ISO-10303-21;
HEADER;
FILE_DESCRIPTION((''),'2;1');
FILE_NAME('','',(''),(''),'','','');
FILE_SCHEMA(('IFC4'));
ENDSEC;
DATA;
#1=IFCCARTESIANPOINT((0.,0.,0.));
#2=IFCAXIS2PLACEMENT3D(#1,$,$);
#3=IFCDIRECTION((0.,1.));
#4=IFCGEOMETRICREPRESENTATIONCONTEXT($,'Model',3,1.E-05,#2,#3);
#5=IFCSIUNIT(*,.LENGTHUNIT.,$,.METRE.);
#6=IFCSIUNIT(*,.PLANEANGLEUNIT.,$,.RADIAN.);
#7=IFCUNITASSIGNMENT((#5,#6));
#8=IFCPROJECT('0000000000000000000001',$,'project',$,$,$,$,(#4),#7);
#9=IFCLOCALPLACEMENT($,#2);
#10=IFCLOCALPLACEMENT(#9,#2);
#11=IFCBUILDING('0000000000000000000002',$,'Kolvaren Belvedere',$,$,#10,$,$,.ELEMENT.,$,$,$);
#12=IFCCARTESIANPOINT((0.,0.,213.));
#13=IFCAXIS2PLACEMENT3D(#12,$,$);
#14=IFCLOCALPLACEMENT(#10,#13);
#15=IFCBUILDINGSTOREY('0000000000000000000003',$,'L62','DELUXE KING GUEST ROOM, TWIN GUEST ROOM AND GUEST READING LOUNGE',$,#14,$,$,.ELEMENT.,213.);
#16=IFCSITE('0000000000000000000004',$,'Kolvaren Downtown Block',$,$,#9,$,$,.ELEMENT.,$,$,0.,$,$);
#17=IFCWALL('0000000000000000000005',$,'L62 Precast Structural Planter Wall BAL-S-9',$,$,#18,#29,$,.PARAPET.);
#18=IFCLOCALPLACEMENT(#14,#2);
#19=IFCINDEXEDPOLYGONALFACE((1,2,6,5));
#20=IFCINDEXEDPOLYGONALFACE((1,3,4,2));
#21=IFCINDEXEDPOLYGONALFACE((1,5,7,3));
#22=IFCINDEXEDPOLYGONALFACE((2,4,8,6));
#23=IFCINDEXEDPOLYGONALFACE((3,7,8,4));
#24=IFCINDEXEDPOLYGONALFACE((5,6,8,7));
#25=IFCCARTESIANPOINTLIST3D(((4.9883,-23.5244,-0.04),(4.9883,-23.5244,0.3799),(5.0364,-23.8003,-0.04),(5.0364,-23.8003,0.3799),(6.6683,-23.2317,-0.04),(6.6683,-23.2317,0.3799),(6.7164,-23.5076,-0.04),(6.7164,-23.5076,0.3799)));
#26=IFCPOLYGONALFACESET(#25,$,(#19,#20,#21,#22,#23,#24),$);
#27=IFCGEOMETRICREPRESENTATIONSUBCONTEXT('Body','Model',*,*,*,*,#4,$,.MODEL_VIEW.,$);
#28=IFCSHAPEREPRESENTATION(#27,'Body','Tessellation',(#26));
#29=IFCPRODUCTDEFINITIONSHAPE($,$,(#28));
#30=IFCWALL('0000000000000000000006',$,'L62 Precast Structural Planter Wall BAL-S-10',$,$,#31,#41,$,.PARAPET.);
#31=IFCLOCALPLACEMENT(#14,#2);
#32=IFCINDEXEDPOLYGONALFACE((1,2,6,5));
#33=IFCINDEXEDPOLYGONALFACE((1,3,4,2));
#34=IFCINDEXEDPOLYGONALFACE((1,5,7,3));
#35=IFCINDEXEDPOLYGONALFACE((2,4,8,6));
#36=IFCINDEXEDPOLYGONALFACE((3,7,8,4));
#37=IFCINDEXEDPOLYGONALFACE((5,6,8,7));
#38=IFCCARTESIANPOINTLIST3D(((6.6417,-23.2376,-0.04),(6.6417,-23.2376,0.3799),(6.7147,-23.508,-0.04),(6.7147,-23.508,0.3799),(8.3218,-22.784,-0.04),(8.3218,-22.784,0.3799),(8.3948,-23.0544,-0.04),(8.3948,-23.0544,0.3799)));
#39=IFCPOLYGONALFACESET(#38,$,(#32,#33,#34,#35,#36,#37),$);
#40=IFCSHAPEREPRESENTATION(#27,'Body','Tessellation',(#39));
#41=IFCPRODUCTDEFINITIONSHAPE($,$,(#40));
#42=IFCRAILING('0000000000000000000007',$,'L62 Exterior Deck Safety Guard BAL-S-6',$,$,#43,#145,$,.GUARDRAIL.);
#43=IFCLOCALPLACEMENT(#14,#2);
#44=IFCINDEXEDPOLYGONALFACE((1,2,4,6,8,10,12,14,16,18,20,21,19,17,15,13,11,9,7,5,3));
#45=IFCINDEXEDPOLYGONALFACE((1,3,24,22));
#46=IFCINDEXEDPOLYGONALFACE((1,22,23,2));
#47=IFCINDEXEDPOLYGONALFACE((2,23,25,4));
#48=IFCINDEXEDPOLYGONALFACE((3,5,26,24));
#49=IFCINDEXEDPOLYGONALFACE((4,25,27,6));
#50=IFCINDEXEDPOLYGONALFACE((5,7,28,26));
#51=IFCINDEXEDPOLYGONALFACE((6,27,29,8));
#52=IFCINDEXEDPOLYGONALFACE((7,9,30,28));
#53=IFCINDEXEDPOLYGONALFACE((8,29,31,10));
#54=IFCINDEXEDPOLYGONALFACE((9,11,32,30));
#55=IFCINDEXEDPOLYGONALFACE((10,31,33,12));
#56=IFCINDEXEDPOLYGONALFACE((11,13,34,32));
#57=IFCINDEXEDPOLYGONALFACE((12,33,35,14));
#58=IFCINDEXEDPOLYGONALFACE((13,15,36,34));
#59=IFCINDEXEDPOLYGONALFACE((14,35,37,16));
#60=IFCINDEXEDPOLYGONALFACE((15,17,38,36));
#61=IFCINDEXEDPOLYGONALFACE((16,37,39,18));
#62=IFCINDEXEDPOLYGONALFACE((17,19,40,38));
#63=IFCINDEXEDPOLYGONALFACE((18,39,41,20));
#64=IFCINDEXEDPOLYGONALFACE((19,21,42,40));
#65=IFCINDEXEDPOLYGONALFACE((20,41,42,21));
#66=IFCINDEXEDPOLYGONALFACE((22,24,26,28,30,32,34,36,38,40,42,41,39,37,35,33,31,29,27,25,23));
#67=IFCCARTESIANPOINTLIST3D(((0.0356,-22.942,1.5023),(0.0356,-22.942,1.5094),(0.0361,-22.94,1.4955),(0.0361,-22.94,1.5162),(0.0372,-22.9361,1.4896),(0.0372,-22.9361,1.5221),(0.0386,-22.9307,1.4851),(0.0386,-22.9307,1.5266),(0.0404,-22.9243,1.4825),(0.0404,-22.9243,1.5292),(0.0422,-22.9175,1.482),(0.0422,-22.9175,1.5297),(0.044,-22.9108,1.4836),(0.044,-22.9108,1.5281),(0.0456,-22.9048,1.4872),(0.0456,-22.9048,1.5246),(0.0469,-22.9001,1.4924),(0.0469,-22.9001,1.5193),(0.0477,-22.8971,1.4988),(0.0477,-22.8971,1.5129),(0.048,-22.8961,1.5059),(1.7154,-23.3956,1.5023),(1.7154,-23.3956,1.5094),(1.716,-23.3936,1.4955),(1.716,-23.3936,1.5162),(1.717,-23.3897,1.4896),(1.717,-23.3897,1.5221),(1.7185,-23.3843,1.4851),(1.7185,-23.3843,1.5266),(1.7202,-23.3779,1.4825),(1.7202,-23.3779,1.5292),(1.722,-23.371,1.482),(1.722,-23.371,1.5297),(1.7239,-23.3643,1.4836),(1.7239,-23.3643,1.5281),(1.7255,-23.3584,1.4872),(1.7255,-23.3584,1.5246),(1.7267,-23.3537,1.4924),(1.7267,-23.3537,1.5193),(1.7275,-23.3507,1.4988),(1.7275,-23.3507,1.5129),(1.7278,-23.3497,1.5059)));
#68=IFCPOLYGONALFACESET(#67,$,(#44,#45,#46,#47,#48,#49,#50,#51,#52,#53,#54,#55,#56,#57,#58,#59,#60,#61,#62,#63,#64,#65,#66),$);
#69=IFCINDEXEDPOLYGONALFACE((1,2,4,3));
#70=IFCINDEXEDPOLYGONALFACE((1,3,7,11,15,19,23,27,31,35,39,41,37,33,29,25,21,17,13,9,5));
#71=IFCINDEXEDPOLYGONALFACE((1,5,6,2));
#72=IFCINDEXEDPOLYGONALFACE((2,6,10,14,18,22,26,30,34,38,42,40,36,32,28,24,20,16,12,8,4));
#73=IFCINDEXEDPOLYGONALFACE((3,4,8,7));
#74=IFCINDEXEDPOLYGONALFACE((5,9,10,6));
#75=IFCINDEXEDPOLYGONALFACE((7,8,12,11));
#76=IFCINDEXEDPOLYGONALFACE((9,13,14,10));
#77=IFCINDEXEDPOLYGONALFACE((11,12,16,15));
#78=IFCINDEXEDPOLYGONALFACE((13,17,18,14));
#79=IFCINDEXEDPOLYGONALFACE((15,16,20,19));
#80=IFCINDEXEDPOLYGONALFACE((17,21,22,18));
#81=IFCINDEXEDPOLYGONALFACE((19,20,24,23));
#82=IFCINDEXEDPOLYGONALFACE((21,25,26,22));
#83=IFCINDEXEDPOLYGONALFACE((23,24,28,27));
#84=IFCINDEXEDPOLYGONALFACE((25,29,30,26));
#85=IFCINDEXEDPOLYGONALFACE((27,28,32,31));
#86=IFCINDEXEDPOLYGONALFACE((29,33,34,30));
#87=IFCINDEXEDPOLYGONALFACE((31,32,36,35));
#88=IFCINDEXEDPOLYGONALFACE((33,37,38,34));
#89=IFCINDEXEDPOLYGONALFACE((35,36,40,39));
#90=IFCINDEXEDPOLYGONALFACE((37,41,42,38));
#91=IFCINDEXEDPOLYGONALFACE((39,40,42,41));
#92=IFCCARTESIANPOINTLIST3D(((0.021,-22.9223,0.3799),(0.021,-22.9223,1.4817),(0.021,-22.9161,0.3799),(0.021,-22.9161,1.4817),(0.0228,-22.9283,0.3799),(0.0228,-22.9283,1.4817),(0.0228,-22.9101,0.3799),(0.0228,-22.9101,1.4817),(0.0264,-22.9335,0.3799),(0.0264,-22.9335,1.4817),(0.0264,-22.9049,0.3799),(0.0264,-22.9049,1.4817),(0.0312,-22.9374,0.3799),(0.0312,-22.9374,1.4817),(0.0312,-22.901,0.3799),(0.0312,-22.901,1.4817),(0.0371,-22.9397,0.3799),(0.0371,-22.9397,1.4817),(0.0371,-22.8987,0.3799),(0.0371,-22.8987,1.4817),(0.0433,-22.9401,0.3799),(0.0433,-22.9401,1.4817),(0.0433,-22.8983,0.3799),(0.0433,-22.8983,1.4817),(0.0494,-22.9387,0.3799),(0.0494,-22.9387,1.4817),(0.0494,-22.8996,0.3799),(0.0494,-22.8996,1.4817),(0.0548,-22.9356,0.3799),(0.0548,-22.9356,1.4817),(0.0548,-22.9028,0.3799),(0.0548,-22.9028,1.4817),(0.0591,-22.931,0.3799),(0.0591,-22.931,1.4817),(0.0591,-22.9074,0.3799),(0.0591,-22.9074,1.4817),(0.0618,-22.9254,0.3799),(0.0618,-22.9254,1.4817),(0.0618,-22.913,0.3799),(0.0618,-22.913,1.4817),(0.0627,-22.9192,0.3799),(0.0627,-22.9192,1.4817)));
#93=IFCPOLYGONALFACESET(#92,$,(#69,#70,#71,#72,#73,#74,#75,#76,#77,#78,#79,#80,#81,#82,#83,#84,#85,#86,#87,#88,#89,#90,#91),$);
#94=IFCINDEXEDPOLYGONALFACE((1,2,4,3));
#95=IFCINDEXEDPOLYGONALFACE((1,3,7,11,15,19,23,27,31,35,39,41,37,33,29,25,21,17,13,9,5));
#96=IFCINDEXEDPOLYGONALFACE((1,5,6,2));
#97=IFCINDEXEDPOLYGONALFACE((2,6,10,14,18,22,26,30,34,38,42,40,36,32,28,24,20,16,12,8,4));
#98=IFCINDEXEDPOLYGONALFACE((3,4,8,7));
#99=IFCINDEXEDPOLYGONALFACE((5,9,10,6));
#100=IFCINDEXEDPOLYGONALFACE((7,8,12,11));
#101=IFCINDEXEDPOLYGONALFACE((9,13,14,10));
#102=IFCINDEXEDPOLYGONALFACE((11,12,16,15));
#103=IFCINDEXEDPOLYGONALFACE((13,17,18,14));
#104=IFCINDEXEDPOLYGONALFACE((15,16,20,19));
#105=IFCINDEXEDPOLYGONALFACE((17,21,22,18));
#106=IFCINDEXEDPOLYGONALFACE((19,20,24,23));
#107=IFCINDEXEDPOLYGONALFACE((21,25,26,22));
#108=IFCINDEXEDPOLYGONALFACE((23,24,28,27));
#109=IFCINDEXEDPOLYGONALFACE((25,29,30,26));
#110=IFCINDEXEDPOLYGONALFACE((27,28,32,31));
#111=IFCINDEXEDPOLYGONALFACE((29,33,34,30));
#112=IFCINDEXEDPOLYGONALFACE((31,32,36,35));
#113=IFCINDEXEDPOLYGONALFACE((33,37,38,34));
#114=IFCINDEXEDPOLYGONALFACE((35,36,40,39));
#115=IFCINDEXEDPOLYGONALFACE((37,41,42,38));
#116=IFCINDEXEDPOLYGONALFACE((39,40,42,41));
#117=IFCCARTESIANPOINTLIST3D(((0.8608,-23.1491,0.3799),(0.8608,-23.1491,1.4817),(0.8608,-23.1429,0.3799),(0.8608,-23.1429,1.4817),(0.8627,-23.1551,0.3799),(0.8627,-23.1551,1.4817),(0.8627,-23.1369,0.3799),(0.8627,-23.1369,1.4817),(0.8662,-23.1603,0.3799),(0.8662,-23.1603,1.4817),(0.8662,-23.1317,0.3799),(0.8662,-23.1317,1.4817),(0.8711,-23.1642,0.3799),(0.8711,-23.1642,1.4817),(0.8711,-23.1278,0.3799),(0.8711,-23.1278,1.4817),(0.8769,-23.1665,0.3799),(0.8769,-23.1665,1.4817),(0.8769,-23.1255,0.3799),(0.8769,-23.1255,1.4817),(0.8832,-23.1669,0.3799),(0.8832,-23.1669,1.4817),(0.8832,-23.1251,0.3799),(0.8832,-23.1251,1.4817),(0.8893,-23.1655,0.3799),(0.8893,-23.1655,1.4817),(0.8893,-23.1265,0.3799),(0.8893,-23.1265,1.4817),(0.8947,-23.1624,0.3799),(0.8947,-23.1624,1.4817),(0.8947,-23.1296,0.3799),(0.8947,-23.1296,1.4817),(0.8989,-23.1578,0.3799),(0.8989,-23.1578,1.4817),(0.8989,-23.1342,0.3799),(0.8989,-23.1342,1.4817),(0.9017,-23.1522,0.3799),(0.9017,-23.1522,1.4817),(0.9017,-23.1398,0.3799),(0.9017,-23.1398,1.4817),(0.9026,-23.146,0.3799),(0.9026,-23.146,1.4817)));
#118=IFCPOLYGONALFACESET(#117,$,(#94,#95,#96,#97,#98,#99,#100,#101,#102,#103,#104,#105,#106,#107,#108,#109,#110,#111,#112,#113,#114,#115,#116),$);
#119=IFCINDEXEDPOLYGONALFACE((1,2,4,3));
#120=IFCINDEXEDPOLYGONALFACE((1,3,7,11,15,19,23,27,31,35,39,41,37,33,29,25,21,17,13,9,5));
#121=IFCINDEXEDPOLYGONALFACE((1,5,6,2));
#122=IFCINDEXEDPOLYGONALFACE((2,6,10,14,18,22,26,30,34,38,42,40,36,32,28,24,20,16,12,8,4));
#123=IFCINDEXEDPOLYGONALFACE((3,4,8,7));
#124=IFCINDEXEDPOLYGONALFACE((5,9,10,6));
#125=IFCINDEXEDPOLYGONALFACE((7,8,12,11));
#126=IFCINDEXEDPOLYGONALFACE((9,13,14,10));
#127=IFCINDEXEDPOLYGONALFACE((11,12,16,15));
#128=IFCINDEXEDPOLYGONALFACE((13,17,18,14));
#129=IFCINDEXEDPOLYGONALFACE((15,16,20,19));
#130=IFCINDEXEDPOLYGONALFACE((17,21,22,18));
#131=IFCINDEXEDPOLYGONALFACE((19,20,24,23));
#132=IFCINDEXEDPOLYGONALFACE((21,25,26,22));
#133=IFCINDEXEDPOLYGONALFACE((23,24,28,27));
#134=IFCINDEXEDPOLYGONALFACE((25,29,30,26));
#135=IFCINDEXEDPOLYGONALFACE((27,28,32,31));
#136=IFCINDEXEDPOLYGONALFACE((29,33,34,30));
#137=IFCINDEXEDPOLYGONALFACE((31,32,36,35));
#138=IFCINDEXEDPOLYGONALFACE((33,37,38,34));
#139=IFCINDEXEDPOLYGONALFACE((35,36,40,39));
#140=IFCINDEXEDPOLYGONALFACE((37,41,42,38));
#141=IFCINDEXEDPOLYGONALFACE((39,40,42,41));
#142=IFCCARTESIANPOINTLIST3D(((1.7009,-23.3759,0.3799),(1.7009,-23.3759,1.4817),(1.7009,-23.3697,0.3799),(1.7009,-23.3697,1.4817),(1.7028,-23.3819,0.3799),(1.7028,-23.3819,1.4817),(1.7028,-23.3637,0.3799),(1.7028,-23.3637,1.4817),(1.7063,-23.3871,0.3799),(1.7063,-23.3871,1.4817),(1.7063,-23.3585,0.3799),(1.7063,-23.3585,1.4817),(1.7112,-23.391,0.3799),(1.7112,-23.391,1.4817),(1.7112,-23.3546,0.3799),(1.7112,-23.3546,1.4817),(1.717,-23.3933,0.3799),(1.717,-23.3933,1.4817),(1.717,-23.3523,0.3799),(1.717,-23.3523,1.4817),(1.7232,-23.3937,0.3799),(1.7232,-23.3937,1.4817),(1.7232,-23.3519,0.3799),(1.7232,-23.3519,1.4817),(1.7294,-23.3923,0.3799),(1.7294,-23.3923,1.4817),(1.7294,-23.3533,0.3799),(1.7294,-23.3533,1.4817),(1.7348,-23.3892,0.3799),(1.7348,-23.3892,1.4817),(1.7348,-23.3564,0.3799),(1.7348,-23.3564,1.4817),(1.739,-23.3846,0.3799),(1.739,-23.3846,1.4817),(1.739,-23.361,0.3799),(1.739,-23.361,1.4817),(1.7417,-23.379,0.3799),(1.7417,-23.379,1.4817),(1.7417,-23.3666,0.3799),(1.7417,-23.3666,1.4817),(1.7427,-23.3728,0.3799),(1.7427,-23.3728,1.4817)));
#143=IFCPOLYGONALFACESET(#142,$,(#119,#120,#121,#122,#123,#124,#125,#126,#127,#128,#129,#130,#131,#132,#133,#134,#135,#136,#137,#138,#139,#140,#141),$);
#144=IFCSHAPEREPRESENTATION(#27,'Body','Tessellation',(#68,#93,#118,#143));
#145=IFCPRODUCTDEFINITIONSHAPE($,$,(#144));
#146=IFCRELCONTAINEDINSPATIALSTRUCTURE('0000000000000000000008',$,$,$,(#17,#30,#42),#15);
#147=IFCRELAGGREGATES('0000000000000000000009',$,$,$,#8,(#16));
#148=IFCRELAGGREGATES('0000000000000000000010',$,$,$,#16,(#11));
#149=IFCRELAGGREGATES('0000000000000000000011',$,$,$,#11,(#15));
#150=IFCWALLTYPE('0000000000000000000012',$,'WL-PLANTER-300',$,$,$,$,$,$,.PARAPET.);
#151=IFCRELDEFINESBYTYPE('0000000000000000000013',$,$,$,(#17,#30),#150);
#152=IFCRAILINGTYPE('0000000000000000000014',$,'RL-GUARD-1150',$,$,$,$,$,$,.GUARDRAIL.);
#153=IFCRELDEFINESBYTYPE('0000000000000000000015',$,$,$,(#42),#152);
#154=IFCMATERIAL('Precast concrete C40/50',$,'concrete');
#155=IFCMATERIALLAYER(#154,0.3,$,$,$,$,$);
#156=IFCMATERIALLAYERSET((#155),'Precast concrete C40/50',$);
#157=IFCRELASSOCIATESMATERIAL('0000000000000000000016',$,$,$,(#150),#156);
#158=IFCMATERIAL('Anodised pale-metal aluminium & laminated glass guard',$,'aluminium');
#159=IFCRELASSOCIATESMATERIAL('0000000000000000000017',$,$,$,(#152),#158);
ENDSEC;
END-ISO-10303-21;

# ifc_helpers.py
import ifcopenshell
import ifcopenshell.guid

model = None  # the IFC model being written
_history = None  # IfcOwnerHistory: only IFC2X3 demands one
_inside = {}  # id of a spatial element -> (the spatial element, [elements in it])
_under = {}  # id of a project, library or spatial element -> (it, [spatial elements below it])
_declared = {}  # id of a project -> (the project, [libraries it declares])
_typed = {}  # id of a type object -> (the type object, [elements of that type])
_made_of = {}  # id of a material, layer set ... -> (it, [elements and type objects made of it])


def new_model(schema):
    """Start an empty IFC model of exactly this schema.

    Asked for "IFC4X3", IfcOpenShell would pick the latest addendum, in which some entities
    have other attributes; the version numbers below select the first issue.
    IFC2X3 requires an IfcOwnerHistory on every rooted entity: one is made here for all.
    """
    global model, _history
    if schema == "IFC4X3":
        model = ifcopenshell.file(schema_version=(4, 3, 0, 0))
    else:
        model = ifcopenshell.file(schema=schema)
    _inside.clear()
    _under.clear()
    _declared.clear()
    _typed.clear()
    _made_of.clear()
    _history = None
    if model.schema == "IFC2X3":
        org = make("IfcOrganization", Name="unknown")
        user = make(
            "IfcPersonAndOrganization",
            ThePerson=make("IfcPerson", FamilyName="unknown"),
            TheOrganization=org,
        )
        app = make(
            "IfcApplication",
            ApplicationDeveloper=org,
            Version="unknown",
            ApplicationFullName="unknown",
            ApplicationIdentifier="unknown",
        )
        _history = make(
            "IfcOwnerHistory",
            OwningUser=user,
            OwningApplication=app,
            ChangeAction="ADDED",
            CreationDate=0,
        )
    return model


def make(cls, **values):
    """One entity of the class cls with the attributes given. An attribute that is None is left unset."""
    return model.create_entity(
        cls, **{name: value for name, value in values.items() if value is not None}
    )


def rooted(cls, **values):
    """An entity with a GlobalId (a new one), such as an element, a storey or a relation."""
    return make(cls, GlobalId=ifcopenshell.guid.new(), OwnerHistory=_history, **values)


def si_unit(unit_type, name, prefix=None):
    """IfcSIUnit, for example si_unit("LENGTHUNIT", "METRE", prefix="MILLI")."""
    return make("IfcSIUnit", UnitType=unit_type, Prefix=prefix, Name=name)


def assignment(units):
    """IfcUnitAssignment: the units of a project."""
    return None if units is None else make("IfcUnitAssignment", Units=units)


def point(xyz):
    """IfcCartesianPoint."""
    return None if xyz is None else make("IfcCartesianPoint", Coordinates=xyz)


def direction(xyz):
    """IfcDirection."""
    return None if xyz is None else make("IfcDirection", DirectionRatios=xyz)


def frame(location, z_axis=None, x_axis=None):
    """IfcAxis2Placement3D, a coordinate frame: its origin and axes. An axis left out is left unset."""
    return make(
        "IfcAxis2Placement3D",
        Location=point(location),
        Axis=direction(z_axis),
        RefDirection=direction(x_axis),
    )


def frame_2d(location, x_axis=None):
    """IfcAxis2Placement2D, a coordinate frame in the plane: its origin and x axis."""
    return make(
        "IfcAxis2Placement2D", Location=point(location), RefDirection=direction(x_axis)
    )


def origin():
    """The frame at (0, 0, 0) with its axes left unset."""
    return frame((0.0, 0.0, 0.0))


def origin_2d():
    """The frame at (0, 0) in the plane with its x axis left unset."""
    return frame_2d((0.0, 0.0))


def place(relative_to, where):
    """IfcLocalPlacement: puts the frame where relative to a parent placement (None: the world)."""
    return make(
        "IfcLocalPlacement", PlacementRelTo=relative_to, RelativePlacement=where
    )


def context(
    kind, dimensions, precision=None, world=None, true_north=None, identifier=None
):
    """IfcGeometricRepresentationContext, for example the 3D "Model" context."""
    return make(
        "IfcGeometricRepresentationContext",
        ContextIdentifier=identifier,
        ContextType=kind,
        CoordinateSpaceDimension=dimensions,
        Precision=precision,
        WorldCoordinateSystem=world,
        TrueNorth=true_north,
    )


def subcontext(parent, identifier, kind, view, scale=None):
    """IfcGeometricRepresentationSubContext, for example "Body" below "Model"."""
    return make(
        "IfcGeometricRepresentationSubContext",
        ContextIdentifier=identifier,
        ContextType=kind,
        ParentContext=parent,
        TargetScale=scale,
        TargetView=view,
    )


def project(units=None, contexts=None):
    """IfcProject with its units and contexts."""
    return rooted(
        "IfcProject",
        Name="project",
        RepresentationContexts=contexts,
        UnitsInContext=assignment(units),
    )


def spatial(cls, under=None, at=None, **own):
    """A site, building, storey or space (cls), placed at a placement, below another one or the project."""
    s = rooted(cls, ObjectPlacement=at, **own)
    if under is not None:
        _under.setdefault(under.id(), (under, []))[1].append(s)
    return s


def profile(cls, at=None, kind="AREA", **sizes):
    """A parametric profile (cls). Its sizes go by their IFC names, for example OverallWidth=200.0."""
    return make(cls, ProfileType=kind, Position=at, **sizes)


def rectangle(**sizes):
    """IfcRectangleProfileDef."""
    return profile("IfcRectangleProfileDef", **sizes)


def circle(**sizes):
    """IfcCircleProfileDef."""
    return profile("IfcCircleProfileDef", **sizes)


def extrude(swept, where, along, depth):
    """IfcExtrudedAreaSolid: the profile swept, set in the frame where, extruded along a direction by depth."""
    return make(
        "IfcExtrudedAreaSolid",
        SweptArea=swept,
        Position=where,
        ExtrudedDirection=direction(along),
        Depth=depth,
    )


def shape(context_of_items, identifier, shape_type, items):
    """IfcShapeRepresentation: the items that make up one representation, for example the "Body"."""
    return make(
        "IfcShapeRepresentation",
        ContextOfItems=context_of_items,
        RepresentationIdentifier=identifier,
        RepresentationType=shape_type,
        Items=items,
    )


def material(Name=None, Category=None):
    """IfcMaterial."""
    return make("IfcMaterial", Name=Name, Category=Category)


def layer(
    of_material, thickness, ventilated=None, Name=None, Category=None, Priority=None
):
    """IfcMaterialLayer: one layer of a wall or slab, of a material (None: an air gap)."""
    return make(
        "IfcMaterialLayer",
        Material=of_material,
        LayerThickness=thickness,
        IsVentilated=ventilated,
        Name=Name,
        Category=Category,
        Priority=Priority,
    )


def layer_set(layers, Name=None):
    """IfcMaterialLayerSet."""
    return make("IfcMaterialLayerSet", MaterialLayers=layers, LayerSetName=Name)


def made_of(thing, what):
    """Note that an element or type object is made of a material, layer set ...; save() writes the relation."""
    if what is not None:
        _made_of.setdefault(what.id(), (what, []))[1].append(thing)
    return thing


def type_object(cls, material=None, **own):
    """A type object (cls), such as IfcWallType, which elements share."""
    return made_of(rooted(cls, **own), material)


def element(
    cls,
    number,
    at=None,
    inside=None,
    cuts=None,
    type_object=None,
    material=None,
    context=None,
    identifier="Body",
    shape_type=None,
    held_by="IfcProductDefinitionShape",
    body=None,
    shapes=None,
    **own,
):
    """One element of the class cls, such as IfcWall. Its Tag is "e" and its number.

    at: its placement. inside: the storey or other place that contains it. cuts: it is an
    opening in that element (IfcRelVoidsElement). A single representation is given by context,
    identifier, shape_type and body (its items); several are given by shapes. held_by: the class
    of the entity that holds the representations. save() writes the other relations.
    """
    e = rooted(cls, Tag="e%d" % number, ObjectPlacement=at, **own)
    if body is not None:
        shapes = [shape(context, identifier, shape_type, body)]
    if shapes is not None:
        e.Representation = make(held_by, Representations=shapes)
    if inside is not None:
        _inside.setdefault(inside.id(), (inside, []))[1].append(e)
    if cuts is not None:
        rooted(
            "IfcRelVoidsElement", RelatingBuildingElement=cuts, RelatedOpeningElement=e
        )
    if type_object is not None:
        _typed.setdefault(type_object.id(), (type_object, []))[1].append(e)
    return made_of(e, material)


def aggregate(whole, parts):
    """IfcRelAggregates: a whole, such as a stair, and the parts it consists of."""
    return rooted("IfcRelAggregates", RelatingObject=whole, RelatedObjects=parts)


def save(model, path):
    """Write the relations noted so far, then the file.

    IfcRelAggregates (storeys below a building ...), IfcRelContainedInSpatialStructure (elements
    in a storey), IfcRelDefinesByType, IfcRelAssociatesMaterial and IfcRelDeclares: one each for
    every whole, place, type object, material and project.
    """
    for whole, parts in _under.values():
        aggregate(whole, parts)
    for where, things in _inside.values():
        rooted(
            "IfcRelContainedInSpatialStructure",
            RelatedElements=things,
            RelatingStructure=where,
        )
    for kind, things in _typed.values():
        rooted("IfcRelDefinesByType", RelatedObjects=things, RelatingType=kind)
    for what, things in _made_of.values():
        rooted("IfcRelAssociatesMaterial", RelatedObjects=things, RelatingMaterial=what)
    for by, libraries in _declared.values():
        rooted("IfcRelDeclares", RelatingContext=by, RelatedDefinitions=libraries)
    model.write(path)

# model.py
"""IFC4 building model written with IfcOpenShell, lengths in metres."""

from ifc_helpers import new_model, si_unit, direction, frame, frame_2d, origin, origin_2d, place, context, subcontext, project, spatial, rectangle, circle, extrude, material, layer, layer_set, type_object, element, save


model = new_model("IFC4")

# Units and contexts
model_context = context("Model", 3, precision=1e-05, world=origin(), true_north=direction((0.0, 1.0)))
body_context = subcontext(model_context, "Body", "Model", "MODEL_VIEW")
ifc_project = project(units=[si_unit("LENGTHUNIT", "METRE"), si_unit("PLANEANGLEUNIT", "RADIAN")], contexts=[model_context])

# Site, building, storey
site_placement = place(None, origin())
site = spatial("IfcSite", under=ifc_project, at=site_placement, Name="Kolvaren Downtown Block", CompositionType="ELEMENT", RefElevation=0.0)
building_placement = place(site_placement, origin())
building = spatial("IfcBuilding", under=site, at=building_placement, Name="Kolvaren Belvedere", CompositionType="ELEMENT")
storey_placement = place(building_placement, frame((0.0, 0.0, 213.0)))
storey = spatial("IfcBuildingStorey", under=building, at=storey_placement, Name="L62", Description="DELUXE KING GUEST ROOM, TWIN GUEST ROOM AND GUEST READING LOUNGE", CompositionType="ELEMENT", Elevation=213.0)

# Walls
ifc_material_1 = material(Name="Precast concrete C40/50", Category="concrete")
ifc_layer_1 = layer(ifc_material_1, 0.3)
ifc_layer_set_1 = layer_set([ifc_layer_1], Name="Precast concrete C40/50")
wall_type_1 = type_object("IfcWallType", Name="WL-PLANTER-300", PredefinedType="PARAPET", material=ifc_layer_set_1)
wall_1_placement = place(storey_placement, frame((5.0125, -23.6624, -0.04), z_axis=(0.0, 0.0, 1.0), x_axis=(0.985156, 0.171661, 0.0)))
element("IfcWall", 1, at=wall_1_placement, inside=storey, type_object=wall_type_1, Name="L62 Precast Structural Planter Wall BAL-S-9", PredefinedType="PARAPET", context=body_context, shape_type="SweptSolid", body=[
    extrude(rectangle(XDim=1.7053, YDim=0.28, at=frame_2d((0.8525, 0.0))), origin(), (0.0, 0.0, 1.0), 0.4199),
])
wall_2_placement = place(storey_placement, frame((6.6782, -23.3728, -0.04), z_axis=(0.0, 0.0, 1.0), x_axis=(0.965434, 0.260648, 0.0)))
element("IfcWall", 2, at=wall_2_placement, inside=storey, type_object=wall_type_1, Name="L62 Precast Structural Planter Wall BAL-S-10", PredefinedType="PARAPET", context=body_context, shape_type="SweptSolid", body=[
    extrude(rectangle(XDim=1.7402, YDim=0.28, at=frame_2d((0.8701, 0.0))), origin(), (0.0, 0.0, 1.0), 0.4199),
])

# Railing
ifc_material_2 = material(Name="Anodised pale-metal aluminium & laminated glass guard", Category="aluminium")
railing_type = type_object("IfcRailingType", Name="RL-GUARD-1150", PredefinedType="GUARDRAIL", material=ifc_material_2)
railing_1_placement = place(storey_placement, frame((0.0417, -22.9192, 0.3799)))
element("IfcRailing", 3, at=railing_1_placement, inside=storey, type_object=railing_type, Name="L62 Exterior Deck Safety Guard BAL-S-6", PredefinedType="GUARDRAIL", context=body_context, shape_type="SweptSolid", body=[
    extrude(circle(Radius=0.0239, at=origin_2d()), frame((0.0, 0.0, 1.126), z_axis=(0.965424, -0.260683, 0.0), x_axis=(0.260683, 0.965424, 0.0)), (0.0, 0.0, 1.0), 1.74),
    extrude(circle(Radius=0.021, at=origin_2d()), origin(), (0.0, 0.0, 1.0), 1.1018),
    extrude(circle(Radius=0.021, at=origin_2d()), frame((0.8398, -0.2268, 0.0)), (0.0, 0.0, 1.0), 1.1018),
    extrude(circle(Radius=0.021, at=origin_2d()), frame((1.6799, -0.4536, 0.0)), (0.0, 0.0, 1.0), 1.1018),
])

save(model, "model.ifc")
